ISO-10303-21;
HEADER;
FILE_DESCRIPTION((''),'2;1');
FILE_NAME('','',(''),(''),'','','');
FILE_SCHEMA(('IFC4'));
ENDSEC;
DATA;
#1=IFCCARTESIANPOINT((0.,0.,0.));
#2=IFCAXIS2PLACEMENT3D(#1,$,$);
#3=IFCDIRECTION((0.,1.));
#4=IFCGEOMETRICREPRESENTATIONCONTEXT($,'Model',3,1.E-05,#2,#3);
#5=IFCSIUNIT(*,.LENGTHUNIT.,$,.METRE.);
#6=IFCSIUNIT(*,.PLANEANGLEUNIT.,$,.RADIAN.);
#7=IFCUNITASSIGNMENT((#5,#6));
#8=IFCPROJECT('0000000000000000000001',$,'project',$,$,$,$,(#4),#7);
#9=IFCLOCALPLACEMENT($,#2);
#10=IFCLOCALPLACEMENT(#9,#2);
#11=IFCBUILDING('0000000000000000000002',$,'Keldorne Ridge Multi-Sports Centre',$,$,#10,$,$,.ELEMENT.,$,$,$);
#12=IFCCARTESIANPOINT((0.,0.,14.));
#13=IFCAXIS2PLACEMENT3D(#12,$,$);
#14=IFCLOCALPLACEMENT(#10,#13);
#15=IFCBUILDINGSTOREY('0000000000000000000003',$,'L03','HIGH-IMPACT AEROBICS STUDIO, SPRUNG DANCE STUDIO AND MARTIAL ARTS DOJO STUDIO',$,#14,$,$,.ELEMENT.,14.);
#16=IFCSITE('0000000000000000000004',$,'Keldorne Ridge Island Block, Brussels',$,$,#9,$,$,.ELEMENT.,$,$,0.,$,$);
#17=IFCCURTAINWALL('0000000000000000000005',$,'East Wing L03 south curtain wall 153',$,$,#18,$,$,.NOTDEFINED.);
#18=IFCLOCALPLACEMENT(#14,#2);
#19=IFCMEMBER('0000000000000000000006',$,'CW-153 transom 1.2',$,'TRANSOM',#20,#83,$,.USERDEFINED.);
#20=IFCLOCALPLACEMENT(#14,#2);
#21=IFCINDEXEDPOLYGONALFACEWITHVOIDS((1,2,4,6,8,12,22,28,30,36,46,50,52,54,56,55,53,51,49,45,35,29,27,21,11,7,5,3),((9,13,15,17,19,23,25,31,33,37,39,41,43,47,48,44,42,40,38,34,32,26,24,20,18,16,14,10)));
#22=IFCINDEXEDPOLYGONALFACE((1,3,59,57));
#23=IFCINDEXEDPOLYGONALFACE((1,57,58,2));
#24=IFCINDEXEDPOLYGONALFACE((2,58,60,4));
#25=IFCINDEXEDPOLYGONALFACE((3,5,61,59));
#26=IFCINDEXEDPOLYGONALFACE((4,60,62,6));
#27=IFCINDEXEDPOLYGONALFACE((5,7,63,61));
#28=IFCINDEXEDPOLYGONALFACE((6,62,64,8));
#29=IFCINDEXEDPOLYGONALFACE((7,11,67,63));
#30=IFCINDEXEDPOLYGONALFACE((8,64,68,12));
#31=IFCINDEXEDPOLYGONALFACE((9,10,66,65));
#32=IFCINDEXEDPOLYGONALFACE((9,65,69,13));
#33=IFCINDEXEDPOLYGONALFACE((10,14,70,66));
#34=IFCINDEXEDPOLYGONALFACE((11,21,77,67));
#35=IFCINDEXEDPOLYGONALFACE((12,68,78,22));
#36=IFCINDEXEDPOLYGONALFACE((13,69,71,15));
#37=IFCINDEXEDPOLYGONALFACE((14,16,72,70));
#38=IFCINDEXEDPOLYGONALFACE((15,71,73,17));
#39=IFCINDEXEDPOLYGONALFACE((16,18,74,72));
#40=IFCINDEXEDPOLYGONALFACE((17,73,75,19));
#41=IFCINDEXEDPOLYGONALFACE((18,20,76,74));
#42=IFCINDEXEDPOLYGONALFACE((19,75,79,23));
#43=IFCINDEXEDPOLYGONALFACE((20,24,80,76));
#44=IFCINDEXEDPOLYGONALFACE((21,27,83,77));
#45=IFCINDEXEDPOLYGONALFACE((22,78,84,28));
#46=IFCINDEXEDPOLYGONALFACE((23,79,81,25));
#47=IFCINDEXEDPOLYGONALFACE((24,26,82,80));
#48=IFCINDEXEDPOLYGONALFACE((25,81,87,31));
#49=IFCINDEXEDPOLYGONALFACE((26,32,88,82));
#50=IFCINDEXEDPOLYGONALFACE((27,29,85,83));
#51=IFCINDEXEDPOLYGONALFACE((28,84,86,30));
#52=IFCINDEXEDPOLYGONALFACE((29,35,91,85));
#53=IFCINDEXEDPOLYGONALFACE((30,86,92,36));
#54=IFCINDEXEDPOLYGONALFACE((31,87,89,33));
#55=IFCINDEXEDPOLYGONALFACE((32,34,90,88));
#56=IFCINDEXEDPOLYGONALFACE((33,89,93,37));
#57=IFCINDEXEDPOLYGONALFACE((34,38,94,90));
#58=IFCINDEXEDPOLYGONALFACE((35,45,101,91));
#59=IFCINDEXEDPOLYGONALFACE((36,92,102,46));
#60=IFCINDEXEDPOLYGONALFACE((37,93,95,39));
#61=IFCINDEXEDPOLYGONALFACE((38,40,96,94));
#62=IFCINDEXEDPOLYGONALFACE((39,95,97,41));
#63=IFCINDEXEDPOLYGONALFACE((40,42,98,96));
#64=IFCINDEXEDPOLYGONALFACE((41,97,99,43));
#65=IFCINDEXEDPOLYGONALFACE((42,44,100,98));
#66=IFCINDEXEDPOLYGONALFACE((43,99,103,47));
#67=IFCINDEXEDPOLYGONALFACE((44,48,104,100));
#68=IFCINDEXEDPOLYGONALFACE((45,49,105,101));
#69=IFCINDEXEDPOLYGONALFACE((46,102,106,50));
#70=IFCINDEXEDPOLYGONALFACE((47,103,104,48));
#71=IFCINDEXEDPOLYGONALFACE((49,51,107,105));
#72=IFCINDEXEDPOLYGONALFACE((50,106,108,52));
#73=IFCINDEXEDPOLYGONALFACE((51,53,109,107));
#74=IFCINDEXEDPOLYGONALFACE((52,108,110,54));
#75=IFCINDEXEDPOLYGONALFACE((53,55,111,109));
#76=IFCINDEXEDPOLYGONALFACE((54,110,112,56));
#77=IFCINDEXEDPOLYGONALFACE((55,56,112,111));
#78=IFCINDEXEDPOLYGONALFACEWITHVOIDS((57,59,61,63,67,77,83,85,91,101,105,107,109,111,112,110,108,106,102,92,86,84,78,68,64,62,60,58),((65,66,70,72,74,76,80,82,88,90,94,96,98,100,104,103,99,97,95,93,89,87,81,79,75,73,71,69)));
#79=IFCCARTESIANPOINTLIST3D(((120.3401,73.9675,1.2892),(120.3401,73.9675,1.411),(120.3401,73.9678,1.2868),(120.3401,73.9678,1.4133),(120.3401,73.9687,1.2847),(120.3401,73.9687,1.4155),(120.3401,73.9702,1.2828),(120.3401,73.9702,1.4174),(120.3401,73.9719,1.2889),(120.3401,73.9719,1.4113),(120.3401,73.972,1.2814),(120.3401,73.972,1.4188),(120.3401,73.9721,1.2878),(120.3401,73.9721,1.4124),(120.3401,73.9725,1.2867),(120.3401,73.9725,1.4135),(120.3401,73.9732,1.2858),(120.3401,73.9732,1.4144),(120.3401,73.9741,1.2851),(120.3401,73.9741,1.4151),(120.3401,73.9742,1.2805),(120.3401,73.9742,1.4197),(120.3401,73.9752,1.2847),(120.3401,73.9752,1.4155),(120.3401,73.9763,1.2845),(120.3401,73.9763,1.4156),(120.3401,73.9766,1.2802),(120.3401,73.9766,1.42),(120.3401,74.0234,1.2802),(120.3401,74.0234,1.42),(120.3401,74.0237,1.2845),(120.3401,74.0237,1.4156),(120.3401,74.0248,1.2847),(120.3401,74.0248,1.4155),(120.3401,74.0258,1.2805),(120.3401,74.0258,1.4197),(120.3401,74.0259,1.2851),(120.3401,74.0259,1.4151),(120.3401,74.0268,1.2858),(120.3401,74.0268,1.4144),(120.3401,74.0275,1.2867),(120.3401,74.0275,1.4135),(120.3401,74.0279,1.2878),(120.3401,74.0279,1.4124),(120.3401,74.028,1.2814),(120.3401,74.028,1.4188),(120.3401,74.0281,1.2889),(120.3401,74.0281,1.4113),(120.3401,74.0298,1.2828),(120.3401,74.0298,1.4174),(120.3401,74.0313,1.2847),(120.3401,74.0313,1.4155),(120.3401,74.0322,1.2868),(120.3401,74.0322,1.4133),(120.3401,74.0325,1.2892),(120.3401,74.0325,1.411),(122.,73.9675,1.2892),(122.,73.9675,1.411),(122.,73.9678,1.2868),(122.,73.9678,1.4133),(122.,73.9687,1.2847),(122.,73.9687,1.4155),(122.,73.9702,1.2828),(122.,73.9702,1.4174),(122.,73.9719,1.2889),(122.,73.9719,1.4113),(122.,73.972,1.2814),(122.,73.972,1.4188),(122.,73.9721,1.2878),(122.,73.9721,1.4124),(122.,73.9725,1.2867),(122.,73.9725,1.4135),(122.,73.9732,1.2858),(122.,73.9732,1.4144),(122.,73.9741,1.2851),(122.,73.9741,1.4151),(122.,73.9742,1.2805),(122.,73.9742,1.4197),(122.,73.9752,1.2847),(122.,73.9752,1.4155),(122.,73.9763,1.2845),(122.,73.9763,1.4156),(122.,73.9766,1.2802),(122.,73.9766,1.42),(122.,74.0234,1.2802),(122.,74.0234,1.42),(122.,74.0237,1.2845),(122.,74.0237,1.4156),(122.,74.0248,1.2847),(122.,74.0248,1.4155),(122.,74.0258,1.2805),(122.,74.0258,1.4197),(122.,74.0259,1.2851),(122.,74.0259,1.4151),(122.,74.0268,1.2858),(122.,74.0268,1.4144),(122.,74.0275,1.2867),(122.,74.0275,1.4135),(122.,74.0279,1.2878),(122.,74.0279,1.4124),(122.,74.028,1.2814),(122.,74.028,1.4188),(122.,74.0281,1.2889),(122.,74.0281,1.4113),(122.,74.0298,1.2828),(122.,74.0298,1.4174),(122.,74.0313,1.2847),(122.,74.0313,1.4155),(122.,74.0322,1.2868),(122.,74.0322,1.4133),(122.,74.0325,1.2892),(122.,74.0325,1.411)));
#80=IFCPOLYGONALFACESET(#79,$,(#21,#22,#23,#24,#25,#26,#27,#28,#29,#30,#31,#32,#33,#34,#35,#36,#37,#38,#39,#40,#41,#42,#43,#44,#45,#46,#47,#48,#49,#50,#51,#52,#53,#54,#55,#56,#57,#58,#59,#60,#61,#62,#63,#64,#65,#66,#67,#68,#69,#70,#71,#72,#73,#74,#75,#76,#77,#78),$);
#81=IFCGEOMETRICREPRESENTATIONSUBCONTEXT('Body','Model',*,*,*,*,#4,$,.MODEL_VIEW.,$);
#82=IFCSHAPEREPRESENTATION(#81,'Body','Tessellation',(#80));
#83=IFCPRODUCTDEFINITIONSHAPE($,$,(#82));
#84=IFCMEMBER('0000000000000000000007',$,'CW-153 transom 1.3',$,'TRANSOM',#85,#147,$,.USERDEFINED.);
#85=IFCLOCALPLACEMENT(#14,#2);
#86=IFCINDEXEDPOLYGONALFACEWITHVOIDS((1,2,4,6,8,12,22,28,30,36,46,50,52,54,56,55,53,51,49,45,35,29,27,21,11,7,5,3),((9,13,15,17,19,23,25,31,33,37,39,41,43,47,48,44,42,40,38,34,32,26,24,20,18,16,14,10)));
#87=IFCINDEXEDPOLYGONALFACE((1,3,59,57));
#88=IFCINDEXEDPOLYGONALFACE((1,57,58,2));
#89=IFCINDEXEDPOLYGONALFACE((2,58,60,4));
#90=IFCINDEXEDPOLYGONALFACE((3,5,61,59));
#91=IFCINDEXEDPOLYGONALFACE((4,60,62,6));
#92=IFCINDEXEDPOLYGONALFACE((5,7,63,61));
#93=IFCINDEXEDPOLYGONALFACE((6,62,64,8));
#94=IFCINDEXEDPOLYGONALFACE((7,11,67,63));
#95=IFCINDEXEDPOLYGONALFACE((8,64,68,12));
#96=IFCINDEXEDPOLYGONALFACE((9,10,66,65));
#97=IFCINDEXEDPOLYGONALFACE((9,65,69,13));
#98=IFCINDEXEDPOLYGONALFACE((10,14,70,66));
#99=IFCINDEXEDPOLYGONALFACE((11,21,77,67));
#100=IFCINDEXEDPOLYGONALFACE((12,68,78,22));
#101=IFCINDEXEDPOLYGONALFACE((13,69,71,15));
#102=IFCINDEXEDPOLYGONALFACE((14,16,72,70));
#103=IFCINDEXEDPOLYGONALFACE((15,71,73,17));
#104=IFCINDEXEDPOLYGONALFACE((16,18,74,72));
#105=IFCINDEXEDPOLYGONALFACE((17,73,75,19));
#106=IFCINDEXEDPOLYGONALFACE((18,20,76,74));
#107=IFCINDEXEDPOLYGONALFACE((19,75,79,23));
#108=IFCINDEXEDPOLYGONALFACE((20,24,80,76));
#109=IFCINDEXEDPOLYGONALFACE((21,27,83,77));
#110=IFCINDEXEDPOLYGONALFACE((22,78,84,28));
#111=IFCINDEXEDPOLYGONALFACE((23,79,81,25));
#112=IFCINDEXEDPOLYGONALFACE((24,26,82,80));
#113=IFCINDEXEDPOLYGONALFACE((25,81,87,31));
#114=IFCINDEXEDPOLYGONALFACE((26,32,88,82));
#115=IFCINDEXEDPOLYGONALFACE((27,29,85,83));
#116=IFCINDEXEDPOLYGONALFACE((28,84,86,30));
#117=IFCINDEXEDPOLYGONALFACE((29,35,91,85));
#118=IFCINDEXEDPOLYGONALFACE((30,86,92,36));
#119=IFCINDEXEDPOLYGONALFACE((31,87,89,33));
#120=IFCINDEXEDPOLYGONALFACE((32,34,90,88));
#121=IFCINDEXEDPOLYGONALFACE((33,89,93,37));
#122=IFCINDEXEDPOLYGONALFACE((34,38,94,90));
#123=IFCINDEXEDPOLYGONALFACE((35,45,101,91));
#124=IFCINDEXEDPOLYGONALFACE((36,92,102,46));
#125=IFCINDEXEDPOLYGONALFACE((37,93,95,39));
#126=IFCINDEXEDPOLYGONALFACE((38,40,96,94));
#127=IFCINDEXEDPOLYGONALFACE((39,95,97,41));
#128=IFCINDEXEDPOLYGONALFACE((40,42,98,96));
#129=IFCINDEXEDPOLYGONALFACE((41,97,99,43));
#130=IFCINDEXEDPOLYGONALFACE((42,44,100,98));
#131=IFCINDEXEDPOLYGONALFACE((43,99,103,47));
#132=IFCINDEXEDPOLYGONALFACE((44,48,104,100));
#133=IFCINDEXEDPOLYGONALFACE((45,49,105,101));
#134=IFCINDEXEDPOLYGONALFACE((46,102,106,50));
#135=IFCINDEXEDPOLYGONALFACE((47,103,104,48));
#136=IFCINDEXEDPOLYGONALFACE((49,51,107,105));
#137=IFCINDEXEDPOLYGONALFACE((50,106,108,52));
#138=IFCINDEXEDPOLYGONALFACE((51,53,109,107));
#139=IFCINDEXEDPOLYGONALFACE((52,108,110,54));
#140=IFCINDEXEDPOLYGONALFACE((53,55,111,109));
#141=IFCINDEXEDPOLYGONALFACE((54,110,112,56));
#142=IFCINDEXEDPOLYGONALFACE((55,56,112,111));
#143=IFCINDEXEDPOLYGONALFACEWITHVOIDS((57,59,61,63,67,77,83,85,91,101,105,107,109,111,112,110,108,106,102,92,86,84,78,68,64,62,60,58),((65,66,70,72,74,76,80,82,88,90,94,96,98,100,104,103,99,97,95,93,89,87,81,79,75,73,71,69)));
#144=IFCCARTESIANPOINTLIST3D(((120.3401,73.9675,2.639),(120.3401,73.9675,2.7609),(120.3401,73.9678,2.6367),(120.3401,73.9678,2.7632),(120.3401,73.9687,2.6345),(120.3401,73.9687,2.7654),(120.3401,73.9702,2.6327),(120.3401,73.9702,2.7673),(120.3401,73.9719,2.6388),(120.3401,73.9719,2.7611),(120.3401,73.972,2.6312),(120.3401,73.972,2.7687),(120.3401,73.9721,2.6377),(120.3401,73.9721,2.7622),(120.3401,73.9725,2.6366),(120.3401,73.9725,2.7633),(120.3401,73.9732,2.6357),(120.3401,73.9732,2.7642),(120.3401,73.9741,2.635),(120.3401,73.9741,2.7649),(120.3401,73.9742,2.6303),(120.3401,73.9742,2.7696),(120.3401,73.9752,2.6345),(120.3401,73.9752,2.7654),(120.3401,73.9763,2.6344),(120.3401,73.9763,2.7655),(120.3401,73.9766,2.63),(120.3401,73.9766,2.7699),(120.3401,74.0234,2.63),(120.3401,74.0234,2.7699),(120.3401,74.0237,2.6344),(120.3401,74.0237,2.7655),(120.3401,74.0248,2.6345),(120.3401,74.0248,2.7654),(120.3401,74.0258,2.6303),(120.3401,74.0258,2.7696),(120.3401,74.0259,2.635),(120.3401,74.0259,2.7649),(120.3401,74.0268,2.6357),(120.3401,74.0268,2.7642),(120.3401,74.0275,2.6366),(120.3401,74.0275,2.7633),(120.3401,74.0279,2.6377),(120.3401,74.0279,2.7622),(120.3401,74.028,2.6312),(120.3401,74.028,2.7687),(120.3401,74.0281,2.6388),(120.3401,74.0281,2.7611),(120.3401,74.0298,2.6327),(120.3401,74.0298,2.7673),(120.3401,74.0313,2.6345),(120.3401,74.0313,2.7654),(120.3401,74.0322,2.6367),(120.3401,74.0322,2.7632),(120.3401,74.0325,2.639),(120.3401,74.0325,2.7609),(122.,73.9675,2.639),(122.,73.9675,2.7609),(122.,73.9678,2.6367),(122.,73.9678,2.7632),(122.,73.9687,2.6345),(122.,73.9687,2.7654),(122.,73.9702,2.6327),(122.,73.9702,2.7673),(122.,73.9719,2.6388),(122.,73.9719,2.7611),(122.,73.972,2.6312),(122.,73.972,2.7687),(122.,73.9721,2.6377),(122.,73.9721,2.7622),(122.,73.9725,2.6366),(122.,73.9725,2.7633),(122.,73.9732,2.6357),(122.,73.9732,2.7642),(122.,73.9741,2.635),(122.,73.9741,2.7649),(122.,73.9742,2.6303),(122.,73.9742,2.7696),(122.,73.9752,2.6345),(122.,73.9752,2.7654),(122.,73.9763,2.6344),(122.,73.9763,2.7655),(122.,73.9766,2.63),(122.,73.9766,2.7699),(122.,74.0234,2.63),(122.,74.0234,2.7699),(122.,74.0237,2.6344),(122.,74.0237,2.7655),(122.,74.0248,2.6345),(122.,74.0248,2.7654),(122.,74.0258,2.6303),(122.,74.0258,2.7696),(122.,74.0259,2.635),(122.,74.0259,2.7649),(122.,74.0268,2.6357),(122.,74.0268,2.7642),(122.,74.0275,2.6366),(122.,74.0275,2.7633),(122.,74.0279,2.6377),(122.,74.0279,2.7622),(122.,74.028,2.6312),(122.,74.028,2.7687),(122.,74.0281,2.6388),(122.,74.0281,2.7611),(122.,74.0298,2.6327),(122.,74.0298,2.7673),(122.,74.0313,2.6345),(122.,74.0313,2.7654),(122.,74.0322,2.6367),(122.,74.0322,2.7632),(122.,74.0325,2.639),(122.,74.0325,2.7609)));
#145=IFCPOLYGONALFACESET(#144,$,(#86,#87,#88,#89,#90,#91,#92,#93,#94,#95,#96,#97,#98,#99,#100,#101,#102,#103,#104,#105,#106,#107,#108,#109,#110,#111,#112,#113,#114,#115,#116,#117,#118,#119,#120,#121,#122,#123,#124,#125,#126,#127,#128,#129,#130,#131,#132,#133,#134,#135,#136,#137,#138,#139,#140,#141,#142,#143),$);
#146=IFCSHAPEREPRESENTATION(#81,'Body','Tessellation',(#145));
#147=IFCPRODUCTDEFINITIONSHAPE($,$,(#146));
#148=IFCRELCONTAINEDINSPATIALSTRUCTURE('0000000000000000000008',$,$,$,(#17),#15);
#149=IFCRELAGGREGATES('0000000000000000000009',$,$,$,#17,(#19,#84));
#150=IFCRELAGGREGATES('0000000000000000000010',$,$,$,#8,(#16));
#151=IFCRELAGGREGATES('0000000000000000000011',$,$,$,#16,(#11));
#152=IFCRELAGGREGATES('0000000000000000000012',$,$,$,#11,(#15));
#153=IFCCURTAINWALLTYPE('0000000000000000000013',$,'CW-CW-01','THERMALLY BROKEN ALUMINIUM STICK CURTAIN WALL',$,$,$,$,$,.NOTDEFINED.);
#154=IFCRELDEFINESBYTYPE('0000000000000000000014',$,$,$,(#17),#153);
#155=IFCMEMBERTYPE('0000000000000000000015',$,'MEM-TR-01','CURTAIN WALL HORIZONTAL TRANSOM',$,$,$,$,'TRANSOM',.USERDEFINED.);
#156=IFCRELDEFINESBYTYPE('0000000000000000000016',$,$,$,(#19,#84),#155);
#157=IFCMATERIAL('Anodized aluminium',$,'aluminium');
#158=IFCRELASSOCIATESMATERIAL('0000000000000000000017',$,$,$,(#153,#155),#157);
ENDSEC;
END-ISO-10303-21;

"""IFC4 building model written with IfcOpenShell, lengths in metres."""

from ifc_helpers import new_model, si_unit, direction, frame, origin, origin_2d, place, context, subcontext, project, spatial, hollow_rectangle, extrude, material, material_profile, profile_set, type_object, element, aggregate, save


model = new_model("IFC4")

# Units and contexts
model_context = context("Model", 3, precision=1e-05, world=origin(), true_north=direction((0.0, 1.0)))
body_context = subcontext(model_context, "Body", "Model", "MODEL_VIEW")
ifc_project = project(units=[si_unit("LENGTHUNIT", "METRE"), si_unit("PLANEANGLEUNIT", "RADIAN")], contexts=[model_context])

# Site, building, storey
site_placement = place(None, origin())
site = spatial("IfcSite", under=ifc_project, at=site_placement, Name="Keldorne Ridge Island Block, Brussels", CompositionType="ELEMENT", RefElevation=0.0)
building_placement = place(site_placement, origin())
building = spatial("IfcBuilding", under=site, at=building_placement, Name="Keldorne Ridge Multi-Sports Centre", CompositionType="ELEMENT")
storey_placement = place(building_placement, frame((0.0, 0.0, 14.0)))
storey = spatial("IfcBuildingStorey", under=building, at=storey_placement, Name="L03", Description="HIGH-IMPACT AEROBICS STUDIO, SPRUNG DANCE STUDIO AND MARTIAL ARTS DOJO STUDIO", CompositionType="ELEMENT", Elevation=14.0)

# Shared definitions
ifc_material_1 = material(Name="Anodized aluminium", Category="aluminium")

# Curtain wall
curtain_wall_type_1 = type_object("IfcCurtainWallType", Name="CW-CW-01", Description="THERMALLY BROKEN ALUMINIUM STICK CURTAIN WALL", PredefinedType="NOTDEFINED", material=ifc_material_1)
curtain_wall_1_placement = place(storey_placement, origin())
curtain_wall_1 = element("IfcCurtainWall", 1, at=curtain_wall_1_placement, inside=storey, type_object=curtain_wall_type_1, Name="East Wing L03 south curtain wall 153", PredefinedType="NOTDEFINED")

# Members
ifc_material_profile_1 = material_profile(ifc_material_1, hollow_rectangle(XDim=0.0649, YDim=0.1399, WallThickness=0.0044, InnerFilletRadius=0.0044, OuterFilletRadius=0.009, at=origin_2d()), Name="ALU TRANSOM 140x65x4.5")
ifc_profile_set_1 = profile_set([ifc_material_profile_1], Name="Anodized aluminium")
member_type_1 = type_object("IfcMemberType", Name="MEM-TR-01", Description="CURTAIN WALL HORIZONTAL TRANSOM", ElementType="TRANSOM", PredefinedType="USERDEFINED", material=ifc_profile_set_1)
member_1_placement = place(storey_placement, frame((120.3401, 74.0, 1.3501), z_axis=(1.0, 0.0, 0.0), x_axis=(0.0, 1.0, 0.0)))
member_1 = element("IfcMember", 2, at=member_1_placement, type_object=member_type_1, Name="CW-153 transom 1.2", ObjectType="TRANSOM", PredefinedType="USERDEFINED", context=body_context, shape_type="SweptSolid", body=[
    extrude(hollow_rectangle(XDim=0.0649, YDim=0.1399, WallThickness=0.0044, InnerFilletRadius=0.0044, OuterFilletRadius=0.009, at=origin_2d()), origin(), (0.0, 0.0, 1.0), 1.6599),
])
member_2_placement = place(storey_placement, frame((120.3401, 74.0, 2.7), z_axis=(1.0, 0.0, 0.0), x_axis=(0.0, 1.0, 0.0)))
member_2 = element("IfcMember", 3, at=member_2_placement, type_object=member_type_1, Name="CW-153 transom 1.3", ObjectType="TRANSOM", PredefinedType="USERDEFINED", context=body_context, shape_type="SweptSolid", body=[
    extrude(hollow_rectangle(XDim=0.0649, YDim=0.1399, WallThickness=0.0044, InnerFilletRadius=0.0044, OuterFilletRadius=0.009, at=origin_2d()), origin(), (0.0, 0.0, 1.0), 1.6599),
])

aggregate(curtain_wall_1, [member_1, member_2])

save(model, "model.ifc")
